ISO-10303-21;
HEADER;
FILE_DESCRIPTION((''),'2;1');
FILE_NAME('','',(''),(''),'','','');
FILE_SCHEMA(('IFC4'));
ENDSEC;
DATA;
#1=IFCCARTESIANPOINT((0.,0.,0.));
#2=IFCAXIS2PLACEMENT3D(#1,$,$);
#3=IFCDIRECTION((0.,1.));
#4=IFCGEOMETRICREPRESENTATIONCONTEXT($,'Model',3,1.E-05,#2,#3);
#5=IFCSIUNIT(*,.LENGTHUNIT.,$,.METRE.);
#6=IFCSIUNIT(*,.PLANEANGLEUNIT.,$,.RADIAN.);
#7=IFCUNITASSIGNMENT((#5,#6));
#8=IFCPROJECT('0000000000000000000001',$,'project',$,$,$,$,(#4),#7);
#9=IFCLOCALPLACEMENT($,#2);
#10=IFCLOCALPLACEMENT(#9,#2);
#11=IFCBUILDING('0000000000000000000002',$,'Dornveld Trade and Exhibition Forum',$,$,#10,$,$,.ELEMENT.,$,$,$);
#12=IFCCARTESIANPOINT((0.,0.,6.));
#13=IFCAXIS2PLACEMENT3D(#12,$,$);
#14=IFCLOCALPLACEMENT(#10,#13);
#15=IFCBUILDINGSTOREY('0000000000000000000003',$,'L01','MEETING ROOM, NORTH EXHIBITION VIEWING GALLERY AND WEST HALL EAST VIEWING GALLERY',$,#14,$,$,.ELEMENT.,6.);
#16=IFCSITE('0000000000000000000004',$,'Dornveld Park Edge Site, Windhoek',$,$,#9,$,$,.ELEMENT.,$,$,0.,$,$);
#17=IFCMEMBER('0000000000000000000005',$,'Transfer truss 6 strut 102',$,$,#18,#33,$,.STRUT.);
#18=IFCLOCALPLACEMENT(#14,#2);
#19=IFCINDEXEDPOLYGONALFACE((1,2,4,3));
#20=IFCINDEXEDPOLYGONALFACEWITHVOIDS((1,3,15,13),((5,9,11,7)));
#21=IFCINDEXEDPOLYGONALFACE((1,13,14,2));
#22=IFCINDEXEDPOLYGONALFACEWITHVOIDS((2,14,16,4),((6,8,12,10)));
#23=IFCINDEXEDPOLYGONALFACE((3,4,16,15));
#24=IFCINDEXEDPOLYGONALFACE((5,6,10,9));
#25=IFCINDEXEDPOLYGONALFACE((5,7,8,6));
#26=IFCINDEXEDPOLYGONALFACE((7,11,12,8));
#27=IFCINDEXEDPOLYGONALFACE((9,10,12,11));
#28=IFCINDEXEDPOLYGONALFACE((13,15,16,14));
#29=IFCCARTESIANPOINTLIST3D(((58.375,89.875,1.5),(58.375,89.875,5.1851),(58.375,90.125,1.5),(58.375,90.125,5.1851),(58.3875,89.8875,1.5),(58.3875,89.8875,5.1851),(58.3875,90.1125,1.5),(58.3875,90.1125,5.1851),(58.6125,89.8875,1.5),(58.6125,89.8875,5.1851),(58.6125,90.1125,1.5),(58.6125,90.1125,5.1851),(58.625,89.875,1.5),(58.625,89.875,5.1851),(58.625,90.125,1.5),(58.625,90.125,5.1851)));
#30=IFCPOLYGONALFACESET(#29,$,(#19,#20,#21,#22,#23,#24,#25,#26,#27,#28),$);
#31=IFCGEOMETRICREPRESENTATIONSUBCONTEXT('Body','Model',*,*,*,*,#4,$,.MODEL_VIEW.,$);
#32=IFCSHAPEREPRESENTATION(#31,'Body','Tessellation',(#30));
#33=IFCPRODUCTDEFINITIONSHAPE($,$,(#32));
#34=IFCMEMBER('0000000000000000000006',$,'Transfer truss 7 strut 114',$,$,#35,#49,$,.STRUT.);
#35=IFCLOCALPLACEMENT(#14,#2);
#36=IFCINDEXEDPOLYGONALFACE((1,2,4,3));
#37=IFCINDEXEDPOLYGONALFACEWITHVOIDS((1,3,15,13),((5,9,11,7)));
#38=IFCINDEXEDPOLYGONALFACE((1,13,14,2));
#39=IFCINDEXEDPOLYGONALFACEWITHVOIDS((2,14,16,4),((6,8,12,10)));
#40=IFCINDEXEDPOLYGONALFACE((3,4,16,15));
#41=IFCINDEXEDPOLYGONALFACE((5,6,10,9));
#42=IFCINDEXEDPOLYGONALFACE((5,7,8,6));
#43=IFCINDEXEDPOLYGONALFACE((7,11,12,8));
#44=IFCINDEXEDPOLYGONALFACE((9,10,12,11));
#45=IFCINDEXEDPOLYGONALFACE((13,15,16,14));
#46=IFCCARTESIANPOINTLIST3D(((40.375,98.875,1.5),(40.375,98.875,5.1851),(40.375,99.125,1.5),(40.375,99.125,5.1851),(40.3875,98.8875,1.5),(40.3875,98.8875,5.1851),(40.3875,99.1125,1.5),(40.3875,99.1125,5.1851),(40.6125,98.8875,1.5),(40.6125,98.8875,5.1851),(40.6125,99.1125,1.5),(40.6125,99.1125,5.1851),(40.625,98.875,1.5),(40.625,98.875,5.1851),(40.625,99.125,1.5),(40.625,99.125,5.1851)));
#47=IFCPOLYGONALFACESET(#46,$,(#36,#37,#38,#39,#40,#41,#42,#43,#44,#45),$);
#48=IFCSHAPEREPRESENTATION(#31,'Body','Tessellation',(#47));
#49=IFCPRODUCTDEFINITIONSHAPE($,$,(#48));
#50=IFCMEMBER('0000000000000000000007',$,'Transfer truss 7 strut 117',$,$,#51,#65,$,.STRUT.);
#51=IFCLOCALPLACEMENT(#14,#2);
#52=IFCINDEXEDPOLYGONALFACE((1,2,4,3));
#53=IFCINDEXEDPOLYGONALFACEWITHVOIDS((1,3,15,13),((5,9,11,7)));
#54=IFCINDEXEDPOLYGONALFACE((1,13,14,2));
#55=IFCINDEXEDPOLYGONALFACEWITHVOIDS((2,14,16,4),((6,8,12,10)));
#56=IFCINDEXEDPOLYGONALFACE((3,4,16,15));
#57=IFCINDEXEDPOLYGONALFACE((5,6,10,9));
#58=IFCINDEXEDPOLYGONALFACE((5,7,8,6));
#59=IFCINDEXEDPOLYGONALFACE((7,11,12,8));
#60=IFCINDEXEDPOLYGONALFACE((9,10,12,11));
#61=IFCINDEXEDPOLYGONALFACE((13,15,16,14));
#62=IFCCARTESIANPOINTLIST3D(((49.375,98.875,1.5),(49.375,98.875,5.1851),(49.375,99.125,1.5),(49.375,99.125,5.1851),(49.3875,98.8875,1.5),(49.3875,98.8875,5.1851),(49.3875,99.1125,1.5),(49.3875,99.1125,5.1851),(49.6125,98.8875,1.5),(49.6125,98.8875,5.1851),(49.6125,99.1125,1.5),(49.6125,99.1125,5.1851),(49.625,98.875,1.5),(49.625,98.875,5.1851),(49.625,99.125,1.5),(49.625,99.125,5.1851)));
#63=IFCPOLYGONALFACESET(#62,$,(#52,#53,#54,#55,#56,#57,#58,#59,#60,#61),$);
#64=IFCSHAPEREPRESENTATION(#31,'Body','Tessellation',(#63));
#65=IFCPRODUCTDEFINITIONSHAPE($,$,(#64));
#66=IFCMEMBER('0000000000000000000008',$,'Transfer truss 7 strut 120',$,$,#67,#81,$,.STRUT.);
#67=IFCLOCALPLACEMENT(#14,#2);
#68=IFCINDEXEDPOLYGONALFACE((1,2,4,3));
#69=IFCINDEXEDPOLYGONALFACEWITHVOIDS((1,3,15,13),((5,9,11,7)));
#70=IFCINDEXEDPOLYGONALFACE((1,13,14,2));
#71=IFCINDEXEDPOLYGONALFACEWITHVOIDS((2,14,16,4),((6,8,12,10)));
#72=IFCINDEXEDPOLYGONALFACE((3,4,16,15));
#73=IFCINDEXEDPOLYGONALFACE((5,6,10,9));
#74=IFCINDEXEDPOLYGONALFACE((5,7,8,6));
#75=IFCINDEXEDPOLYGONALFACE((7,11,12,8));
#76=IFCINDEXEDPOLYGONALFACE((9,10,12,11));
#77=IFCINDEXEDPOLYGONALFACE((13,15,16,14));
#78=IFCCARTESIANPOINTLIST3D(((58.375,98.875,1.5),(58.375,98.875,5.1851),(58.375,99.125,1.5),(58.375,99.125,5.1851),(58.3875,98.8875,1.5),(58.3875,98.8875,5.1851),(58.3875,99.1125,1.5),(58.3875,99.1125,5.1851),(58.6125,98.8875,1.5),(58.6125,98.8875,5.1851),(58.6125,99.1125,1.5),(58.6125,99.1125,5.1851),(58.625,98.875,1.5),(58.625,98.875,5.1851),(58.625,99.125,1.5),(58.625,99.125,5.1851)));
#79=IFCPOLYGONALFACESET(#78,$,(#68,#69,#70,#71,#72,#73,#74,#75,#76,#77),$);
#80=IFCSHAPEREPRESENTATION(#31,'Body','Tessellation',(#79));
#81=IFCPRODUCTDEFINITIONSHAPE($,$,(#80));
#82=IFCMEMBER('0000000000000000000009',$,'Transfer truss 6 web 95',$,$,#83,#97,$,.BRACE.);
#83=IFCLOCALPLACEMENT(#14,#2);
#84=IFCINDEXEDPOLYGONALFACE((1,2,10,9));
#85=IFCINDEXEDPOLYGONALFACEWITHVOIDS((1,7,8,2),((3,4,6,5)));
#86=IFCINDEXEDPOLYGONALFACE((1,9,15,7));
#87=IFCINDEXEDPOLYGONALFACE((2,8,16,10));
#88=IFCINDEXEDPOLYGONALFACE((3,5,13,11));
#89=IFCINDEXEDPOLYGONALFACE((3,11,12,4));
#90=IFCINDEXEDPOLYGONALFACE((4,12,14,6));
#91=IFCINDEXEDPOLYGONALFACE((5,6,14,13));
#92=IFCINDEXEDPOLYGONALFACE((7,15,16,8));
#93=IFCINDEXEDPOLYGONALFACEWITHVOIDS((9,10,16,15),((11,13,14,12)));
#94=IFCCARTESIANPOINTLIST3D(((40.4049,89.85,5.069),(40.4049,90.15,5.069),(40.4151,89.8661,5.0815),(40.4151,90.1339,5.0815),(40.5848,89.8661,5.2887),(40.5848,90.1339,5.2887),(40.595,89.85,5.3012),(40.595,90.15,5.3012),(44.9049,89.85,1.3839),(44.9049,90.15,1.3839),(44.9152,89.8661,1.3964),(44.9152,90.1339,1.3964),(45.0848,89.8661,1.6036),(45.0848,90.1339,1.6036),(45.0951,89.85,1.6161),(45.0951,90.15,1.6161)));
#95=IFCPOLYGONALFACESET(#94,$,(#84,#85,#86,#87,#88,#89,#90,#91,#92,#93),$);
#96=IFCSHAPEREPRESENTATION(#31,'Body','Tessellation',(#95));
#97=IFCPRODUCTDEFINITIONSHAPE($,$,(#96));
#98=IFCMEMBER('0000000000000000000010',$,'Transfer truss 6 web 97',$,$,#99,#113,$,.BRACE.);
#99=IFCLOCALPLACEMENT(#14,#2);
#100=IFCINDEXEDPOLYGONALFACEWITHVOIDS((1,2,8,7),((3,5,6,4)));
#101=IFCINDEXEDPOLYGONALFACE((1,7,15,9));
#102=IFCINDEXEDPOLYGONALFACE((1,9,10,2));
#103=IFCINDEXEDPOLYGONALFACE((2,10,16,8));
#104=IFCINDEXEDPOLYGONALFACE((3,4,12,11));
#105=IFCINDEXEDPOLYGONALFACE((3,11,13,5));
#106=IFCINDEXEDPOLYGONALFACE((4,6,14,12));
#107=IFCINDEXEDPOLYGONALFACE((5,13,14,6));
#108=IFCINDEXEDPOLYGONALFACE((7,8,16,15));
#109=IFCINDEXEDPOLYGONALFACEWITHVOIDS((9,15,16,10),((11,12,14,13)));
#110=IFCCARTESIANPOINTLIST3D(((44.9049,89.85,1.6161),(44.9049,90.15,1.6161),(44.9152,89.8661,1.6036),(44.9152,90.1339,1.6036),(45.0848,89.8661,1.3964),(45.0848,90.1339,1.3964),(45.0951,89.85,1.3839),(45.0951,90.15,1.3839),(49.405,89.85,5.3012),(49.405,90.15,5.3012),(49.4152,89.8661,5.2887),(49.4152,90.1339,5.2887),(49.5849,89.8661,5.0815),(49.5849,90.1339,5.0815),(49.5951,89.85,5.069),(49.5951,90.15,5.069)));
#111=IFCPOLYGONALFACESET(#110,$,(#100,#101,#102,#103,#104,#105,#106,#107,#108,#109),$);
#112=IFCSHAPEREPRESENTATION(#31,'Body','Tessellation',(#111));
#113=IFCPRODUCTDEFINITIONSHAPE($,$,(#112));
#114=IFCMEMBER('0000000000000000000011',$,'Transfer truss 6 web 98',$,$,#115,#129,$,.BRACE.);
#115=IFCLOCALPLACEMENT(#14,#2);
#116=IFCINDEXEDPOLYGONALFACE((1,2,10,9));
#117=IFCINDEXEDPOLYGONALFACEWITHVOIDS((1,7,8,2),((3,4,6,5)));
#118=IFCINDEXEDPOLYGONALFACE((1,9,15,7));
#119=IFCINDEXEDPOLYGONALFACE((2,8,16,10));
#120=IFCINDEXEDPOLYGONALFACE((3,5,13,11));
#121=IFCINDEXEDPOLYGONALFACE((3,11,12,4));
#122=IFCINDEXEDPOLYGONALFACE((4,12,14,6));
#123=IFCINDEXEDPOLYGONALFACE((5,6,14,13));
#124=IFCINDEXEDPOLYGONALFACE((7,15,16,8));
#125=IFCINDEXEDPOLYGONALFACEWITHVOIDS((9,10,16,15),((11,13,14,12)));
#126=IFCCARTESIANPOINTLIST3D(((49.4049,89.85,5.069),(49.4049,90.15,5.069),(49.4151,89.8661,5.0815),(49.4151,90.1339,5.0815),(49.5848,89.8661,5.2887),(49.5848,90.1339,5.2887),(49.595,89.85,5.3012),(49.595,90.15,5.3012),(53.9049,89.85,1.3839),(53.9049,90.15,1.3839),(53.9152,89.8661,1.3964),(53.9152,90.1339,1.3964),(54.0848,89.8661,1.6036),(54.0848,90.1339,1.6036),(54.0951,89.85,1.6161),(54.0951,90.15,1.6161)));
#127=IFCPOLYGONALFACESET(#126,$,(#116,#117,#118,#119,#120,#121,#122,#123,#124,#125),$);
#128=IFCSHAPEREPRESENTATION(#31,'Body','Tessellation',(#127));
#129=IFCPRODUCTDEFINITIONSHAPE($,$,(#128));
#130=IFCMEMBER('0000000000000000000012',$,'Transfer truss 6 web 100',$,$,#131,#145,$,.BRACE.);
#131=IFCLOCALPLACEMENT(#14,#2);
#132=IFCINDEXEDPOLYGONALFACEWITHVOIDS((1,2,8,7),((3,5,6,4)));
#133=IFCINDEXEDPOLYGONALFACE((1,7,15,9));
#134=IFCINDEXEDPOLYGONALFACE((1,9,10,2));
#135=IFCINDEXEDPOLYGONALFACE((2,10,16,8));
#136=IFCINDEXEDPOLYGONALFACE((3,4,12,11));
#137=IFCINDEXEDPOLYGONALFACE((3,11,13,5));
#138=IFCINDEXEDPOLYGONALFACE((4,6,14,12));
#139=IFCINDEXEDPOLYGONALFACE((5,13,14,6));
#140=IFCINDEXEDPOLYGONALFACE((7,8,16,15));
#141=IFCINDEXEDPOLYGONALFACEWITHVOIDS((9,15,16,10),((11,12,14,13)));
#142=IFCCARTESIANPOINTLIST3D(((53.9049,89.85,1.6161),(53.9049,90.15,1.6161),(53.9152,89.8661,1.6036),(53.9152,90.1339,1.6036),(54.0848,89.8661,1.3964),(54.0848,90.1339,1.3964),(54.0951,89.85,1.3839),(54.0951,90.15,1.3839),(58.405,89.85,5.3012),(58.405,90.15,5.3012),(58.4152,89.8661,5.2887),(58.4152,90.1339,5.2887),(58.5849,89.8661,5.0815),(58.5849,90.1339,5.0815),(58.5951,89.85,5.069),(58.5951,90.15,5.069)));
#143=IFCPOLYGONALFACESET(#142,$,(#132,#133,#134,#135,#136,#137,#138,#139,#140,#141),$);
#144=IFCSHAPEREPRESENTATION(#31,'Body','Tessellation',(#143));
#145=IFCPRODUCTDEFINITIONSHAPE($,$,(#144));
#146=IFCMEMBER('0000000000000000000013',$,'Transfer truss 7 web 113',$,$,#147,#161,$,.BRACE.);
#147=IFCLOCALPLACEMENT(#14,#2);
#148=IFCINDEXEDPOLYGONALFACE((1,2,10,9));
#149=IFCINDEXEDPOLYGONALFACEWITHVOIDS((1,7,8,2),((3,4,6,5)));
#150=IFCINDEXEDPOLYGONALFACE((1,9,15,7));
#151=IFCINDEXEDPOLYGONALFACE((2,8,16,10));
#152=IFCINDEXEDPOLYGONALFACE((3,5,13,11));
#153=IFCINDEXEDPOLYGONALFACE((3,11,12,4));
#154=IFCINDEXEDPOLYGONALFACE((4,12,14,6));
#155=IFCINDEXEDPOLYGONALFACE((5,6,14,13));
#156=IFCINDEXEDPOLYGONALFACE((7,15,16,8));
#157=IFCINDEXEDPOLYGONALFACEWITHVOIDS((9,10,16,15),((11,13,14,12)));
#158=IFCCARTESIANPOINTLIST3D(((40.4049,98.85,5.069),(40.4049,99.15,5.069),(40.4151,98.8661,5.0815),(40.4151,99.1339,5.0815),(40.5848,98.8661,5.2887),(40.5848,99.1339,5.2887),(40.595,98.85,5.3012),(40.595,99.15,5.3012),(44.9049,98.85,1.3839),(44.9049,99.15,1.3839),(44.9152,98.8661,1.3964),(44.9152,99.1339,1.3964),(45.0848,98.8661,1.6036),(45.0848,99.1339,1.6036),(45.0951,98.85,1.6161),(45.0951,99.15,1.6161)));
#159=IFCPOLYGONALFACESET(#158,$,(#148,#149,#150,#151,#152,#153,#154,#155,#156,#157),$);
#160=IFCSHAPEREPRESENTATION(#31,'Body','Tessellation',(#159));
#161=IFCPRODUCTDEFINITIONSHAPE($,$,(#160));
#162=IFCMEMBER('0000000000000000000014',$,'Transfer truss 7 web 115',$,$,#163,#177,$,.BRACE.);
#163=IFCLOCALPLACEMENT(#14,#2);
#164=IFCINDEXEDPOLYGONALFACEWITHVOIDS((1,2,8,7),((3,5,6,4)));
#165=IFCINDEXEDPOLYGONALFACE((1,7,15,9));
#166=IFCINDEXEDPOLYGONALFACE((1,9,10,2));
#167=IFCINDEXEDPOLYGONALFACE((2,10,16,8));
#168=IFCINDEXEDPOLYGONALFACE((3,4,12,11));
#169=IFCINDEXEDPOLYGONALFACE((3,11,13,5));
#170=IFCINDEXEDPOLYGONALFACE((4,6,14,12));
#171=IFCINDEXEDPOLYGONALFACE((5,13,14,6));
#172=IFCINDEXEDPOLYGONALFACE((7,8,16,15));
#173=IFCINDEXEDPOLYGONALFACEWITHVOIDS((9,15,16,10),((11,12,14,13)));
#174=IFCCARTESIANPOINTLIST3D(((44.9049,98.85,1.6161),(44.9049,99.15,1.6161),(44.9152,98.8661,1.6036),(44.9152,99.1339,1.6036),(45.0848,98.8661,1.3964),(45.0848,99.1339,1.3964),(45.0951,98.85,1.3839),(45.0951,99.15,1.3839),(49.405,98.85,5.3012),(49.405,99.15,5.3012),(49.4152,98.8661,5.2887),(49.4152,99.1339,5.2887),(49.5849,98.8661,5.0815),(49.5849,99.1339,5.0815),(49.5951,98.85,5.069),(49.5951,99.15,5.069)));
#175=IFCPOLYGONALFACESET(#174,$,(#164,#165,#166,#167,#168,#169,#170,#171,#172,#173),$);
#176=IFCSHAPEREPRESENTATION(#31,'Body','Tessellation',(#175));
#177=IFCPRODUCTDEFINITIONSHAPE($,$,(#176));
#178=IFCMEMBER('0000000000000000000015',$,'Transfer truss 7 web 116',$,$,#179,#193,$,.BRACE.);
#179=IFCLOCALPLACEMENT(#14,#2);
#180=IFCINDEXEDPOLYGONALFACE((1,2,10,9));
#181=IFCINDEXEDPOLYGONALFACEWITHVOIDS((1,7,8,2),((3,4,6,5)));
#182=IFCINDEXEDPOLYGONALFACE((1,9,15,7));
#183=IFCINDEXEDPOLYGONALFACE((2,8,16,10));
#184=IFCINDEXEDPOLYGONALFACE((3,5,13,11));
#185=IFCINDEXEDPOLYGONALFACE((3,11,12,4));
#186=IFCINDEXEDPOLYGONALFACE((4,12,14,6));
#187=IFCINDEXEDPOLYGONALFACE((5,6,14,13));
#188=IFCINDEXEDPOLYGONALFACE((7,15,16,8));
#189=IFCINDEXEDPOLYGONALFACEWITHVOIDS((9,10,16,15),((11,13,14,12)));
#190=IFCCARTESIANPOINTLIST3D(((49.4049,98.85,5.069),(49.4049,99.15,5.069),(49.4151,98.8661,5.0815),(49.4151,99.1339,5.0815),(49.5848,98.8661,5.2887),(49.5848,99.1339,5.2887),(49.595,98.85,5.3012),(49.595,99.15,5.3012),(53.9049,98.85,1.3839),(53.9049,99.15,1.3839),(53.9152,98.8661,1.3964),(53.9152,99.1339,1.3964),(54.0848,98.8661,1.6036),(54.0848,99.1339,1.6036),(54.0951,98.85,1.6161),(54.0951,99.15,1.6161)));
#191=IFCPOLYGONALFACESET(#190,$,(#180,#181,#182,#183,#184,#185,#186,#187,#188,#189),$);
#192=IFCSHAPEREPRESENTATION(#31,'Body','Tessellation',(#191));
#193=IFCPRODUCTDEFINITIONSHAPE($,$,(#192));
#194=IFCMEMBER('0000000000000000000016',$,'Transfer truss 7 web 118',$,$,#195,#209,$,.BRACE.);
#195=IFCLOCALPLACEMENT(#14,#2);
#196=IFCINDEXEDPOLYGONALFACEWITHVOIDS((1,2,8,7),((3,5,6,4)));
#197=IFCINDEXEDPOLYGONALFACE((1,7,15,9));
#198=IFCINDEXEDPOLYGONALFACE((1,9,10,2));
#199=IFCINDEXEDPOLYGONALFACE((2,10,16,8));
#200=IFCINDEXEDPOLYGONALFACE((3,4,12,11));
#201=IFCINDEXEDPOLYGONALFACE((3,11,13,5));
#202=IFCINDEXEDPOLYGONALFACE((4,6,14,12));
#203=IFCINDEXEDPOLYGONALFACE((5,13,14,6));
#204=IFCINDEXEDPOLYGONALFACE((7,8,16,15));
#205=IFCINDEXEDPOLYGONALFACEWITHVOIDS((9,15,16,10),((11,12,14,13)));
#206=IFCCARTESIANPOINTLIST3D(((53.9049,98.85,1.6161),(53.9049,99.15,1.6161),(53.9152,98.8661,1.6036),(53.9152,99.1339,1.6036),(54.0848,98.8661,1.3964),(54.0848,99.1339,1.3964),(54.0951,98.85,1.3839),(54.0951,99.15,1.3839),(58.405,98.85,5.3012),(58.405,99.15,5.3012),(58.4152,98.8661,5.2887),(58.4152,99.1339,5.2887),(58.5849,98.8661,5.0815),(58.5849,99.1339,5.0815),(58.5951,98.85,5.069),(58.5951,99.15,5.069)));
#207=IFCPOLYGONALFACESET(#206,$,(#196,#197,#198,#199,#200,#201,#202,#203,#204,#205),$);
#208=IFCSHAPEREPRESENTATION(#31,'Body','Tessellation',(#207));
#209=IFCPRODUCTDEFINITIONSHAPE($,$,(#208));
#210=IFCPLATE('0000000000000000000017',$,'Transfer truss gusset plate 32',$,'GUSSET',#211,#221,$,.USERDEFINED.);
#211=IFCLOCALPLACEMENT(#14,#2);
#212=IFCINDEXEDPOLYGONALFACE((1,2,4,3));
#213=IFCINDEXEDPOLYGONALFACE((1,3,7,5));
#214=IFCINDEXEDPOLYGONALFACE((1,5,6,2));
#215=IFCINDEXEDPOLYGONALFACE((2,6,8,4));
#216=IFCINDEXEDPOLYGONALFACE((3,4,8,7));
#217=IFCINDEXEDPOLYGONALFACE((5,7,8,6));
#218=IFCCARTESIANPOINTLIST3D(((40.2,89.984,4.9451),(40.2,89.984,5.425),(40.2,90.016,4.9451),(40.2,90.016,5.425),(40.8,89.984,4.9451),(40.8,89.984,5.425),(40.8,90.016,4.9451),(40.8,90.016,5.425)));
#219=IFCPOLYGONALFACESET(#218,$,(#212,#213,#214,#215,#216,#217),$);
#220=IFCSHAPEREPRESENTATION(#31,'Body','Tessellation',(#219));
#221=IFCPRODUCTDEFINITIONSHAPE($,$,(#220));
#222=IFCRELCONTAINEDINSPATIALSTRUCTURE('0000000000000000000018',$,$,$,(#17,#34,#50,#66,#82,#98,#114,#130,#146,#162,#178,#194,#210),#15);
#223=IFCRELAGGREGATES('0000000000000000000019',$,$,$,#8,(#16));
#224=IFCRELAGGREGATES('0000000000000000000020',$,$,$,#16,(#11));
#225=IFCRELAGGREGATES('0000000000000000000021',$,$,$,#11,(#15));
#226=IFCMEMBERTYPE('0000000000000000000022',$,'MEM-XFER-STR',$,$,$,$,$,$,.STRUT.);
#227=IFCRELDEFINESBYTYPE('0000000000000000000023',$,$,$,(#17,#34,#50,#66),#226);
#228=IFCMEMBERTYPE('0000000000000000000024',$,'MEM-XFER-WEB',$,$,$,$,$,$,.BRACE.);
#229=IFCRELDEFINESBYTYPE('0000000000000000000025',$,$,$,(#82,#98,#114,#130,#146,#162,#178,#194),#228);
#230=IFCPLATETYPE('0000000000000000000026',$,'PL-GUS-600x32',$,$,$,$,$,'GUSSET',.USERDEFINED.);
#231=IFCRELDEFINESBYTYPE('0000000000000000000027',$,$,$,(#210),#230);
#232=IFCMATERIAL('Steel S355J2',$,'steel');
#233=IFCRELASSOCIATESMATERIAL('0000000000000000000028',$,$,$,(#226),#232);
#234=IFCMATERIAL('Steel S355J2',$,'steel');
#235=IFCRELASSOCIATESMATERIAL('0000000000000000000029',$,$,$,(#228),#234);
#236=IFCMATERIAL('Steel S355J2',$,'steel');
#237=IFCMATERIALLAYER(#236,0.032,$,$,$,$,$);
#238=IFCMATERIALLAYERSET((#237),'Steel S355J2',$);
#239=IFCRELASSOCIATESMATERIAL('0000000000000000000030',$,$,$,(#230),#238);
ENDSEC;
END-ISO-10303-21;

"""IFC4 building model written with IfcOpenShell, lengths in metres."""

from ifc_helpers import new_model, si_unit, direction, frame, origin, origin_2d, place, context, subcontext, project, spatial, rectangle, hollow_rectangle, extrude, material, layer, layer_set, material_profile, profile_set, type_object, element, save


model = new_model("IFC4")

# Units and contexts
model_context = context("Model", 3, precision=1e-05, world=origin(), true_north=direction((0.0, 1.0)))
body_context = subcontext(model_context, "Body", "Model", "MODEL_VIEW")
ifc_project = project(units=[si_unit("LENGTHUNIT", "METRE"), si_unit("PLANEANGLEUNIT", "RADIAN")], contexts=[model_context])

# Site, building, storey
site_placement = place(None, origin())
site = spatial("IfcSite", under=ifc_project, at=site_placement, Name="Dornveld Park Edge Site, Windhoek", CompositionType="ELEMENT", RefElevation=0.0)
building_placement = place(site_placement, origin())
building = spatial("IfcBuilding", under=site, at=building_placement, Name="Dornveld Trade and Exhibition Forum", CompositionType="ELEMENT")
storey_placement = place(building_placement, frame((0.0, 0.0, 6.0)))
storey = spatial("IfcBuildingStorey", under=building, at=storey_placement, Name="L01", Description="MEETING ROOM, NORTH EXHIBITION VIEWING GALLERY AND WEST HALL EAST VIEWING GALLERY", CompositionType="ELEMENT", Elevation=6.0)

# Members
ifc_material_1 = material(Name="Steel S355J2", Category="steel")
ifc_material_profile_1 = material_profile(ifc_material_1, hollow_rectangle(XDim=0.25, YDim=0.25, WallThickness=0.0125, at=origin_2d()), Name="SHS 250x250x12.5")
ifc_profile_set_1 = profile_set([ifc_material_profile_1], Name="Steel S355J2")
member_type_1 = type_object("IfcMemberType", Name="MEM-XFER-STR", PredefinedType="STRUT", material=ifc_profile_set_1)
for number, where, z_axis, x_axis, name in (
    (1, (58.5, 90.0, 1.5), (0.0, 0.0, 1.0), (1.0, 0.0, 0.0), "Transfer truss 6 strut 102"),
    (2, (40.5, 99.0, 1.5), (0.0, 0.0, 1.0), (1.0, 0.0, 0.0), "Transfer truss 7 strut 114"),
    (3, (49.5, 99.0, 1.5), (0.0, 0.0, 1.0), (1.0, 0.0, 0.0), "Transfer truss 7 strut 117"),
    (4, (58.5, 99.0, 1.5), (0.0, 0.0, 1.0), (1.0, 0.0, 0.0), "Transfer truss 7 strut 120"),
):
    element("IfcMember", number, at=place(storey_placement, frame(where, z_axis=z_axis, x_axis=x_axis)), inside=storey, type_object=member_type_1, Name=name, PredefinedType="STRUT", context=body_context, shape_type="SweptSolid", body=[
        extrude(hollow_rectangle(XDim=0.25, YDim=0.25, WallThickness=0.0125, at=origin_2d()), origin(), (0.0, 0.0, 1.0), 3.6851),
    ])
ifc_material_2 = material(Name="Steel S355J2", Category="steel")
ifc_material_profile_2 = material_profile(ifc_material_2, hollow_rectangle(XDim=0.3, YDim=0.3, WallThickness=0.0161, at=origin_2d()), Name="SHS 300x300x16")
ifc_profile_set_2 = profile_set([ifc_material_profile_2], Name="Steel S355J2")
member_type_2 = type_object("IfcMemberType", Name="MEM-XFER-WEB", PredefinedType="BRACE", material=ifc_profile_set_2)
for number, where, z_axis, x_axis, name in (
    (5, (45.0, 90.0, 1.5), (-0.773684, 0.0, 0.633571), (0.0, -1.0, 0.0), "Transfer truss 6 web 95"),
    (6, (45.0, 90.0, 1.5), (0.773684, 0.0, 0.633571), (0.0, 1.0, 0.0), "Transfer truss 6 web 97"),
    (7, (54.0, 90.0, 1.5), (-0.773684, 0.0, 0.633571), (0.0, -1.0, 0.0), "Transfer truss 6 web 98"),
    (8, (54.0, 90.0, 1.5), (0.773684, 0.0, 0.633571), (0.0, 1.0, 0.0), "Transfer truss 6 web 100"),
    (9, (45.0, 99.0, 1.5), (-0.773684, 0.0, 0.633571), (0.0, -1.0, 0.0), "Transfer truss 7 web 113"),
    (10, (45.0, 99.0, 1.5), (0.773684, 0.0, 0.633571), (0.0, 1.0, 0.0), "Transfer truss 7 web 115"),
    (11, (54.0, 99.0, 1.5), (-0.773684, 0.0, 0.633571), (0.0, -1.0, 0.0), "Transfer truss 7 web 116"),
    (12, (54.0, 99.0, 1.5), (0.773684, 0.0, 0.633571), (0.0, 1.0, 0.0), "Transfer truss 7 web 118"),
):
    element("IfcMember", number, at=place(storey_placement, frame(where, z_axis=z_axis, x_axis=x_axis)), inside=storey, type_object=member_type_2, Name=name, PredefinedType="BRACE", context=body_context, shape_type="SweptSolid", body=[
        extrude(hollow_rectangle(XDim=0.3, YDim=0.3, WallThickness=0.0161, at=origin_2d()), origin(), (0.0, 0.0, 1.0), 5.8164),
    ])

# Plate
ifc_material_3 = material(Name="Steel S355J2", Category="steel")
ifc_layer = layer(ifc_material_3, 0.032)
ifc_layer_set = layer_set([ifc_layer], Name="Steel S355J2")
plate_type = type_object("IfcPlateType", Name="PL-GUS-600x32", ElementType="GUSSET", PredefinedType="USERDEFINED", material=ifc_layer_set)
for number, where, z_axis, x_axis, name in (
    (13, (40.5, 90.0, 4.9451), (0.0, 0.0, 1.0), (1.0, 0.0, 0.0), "Transfer truss gusset plate 32"),
):
    element("IfcPlate", number, at=place(storey_placement, frame(where, z_axis=z_axis, x_axis=x_axis)), inside=storey, type_object=plate_type, Name=name, ObjectType="GUSSET", PredefinedType="USERDEFINED", context=body_context, shape_type="SweptSolid", body=[
        extrude(rectangle(XDim=0.6001, YDim=0.032, at=origin_2d()), origin(), (0.0, 0.0, 1.0), 0.48),
    ])

save(model, "model.ifc")
